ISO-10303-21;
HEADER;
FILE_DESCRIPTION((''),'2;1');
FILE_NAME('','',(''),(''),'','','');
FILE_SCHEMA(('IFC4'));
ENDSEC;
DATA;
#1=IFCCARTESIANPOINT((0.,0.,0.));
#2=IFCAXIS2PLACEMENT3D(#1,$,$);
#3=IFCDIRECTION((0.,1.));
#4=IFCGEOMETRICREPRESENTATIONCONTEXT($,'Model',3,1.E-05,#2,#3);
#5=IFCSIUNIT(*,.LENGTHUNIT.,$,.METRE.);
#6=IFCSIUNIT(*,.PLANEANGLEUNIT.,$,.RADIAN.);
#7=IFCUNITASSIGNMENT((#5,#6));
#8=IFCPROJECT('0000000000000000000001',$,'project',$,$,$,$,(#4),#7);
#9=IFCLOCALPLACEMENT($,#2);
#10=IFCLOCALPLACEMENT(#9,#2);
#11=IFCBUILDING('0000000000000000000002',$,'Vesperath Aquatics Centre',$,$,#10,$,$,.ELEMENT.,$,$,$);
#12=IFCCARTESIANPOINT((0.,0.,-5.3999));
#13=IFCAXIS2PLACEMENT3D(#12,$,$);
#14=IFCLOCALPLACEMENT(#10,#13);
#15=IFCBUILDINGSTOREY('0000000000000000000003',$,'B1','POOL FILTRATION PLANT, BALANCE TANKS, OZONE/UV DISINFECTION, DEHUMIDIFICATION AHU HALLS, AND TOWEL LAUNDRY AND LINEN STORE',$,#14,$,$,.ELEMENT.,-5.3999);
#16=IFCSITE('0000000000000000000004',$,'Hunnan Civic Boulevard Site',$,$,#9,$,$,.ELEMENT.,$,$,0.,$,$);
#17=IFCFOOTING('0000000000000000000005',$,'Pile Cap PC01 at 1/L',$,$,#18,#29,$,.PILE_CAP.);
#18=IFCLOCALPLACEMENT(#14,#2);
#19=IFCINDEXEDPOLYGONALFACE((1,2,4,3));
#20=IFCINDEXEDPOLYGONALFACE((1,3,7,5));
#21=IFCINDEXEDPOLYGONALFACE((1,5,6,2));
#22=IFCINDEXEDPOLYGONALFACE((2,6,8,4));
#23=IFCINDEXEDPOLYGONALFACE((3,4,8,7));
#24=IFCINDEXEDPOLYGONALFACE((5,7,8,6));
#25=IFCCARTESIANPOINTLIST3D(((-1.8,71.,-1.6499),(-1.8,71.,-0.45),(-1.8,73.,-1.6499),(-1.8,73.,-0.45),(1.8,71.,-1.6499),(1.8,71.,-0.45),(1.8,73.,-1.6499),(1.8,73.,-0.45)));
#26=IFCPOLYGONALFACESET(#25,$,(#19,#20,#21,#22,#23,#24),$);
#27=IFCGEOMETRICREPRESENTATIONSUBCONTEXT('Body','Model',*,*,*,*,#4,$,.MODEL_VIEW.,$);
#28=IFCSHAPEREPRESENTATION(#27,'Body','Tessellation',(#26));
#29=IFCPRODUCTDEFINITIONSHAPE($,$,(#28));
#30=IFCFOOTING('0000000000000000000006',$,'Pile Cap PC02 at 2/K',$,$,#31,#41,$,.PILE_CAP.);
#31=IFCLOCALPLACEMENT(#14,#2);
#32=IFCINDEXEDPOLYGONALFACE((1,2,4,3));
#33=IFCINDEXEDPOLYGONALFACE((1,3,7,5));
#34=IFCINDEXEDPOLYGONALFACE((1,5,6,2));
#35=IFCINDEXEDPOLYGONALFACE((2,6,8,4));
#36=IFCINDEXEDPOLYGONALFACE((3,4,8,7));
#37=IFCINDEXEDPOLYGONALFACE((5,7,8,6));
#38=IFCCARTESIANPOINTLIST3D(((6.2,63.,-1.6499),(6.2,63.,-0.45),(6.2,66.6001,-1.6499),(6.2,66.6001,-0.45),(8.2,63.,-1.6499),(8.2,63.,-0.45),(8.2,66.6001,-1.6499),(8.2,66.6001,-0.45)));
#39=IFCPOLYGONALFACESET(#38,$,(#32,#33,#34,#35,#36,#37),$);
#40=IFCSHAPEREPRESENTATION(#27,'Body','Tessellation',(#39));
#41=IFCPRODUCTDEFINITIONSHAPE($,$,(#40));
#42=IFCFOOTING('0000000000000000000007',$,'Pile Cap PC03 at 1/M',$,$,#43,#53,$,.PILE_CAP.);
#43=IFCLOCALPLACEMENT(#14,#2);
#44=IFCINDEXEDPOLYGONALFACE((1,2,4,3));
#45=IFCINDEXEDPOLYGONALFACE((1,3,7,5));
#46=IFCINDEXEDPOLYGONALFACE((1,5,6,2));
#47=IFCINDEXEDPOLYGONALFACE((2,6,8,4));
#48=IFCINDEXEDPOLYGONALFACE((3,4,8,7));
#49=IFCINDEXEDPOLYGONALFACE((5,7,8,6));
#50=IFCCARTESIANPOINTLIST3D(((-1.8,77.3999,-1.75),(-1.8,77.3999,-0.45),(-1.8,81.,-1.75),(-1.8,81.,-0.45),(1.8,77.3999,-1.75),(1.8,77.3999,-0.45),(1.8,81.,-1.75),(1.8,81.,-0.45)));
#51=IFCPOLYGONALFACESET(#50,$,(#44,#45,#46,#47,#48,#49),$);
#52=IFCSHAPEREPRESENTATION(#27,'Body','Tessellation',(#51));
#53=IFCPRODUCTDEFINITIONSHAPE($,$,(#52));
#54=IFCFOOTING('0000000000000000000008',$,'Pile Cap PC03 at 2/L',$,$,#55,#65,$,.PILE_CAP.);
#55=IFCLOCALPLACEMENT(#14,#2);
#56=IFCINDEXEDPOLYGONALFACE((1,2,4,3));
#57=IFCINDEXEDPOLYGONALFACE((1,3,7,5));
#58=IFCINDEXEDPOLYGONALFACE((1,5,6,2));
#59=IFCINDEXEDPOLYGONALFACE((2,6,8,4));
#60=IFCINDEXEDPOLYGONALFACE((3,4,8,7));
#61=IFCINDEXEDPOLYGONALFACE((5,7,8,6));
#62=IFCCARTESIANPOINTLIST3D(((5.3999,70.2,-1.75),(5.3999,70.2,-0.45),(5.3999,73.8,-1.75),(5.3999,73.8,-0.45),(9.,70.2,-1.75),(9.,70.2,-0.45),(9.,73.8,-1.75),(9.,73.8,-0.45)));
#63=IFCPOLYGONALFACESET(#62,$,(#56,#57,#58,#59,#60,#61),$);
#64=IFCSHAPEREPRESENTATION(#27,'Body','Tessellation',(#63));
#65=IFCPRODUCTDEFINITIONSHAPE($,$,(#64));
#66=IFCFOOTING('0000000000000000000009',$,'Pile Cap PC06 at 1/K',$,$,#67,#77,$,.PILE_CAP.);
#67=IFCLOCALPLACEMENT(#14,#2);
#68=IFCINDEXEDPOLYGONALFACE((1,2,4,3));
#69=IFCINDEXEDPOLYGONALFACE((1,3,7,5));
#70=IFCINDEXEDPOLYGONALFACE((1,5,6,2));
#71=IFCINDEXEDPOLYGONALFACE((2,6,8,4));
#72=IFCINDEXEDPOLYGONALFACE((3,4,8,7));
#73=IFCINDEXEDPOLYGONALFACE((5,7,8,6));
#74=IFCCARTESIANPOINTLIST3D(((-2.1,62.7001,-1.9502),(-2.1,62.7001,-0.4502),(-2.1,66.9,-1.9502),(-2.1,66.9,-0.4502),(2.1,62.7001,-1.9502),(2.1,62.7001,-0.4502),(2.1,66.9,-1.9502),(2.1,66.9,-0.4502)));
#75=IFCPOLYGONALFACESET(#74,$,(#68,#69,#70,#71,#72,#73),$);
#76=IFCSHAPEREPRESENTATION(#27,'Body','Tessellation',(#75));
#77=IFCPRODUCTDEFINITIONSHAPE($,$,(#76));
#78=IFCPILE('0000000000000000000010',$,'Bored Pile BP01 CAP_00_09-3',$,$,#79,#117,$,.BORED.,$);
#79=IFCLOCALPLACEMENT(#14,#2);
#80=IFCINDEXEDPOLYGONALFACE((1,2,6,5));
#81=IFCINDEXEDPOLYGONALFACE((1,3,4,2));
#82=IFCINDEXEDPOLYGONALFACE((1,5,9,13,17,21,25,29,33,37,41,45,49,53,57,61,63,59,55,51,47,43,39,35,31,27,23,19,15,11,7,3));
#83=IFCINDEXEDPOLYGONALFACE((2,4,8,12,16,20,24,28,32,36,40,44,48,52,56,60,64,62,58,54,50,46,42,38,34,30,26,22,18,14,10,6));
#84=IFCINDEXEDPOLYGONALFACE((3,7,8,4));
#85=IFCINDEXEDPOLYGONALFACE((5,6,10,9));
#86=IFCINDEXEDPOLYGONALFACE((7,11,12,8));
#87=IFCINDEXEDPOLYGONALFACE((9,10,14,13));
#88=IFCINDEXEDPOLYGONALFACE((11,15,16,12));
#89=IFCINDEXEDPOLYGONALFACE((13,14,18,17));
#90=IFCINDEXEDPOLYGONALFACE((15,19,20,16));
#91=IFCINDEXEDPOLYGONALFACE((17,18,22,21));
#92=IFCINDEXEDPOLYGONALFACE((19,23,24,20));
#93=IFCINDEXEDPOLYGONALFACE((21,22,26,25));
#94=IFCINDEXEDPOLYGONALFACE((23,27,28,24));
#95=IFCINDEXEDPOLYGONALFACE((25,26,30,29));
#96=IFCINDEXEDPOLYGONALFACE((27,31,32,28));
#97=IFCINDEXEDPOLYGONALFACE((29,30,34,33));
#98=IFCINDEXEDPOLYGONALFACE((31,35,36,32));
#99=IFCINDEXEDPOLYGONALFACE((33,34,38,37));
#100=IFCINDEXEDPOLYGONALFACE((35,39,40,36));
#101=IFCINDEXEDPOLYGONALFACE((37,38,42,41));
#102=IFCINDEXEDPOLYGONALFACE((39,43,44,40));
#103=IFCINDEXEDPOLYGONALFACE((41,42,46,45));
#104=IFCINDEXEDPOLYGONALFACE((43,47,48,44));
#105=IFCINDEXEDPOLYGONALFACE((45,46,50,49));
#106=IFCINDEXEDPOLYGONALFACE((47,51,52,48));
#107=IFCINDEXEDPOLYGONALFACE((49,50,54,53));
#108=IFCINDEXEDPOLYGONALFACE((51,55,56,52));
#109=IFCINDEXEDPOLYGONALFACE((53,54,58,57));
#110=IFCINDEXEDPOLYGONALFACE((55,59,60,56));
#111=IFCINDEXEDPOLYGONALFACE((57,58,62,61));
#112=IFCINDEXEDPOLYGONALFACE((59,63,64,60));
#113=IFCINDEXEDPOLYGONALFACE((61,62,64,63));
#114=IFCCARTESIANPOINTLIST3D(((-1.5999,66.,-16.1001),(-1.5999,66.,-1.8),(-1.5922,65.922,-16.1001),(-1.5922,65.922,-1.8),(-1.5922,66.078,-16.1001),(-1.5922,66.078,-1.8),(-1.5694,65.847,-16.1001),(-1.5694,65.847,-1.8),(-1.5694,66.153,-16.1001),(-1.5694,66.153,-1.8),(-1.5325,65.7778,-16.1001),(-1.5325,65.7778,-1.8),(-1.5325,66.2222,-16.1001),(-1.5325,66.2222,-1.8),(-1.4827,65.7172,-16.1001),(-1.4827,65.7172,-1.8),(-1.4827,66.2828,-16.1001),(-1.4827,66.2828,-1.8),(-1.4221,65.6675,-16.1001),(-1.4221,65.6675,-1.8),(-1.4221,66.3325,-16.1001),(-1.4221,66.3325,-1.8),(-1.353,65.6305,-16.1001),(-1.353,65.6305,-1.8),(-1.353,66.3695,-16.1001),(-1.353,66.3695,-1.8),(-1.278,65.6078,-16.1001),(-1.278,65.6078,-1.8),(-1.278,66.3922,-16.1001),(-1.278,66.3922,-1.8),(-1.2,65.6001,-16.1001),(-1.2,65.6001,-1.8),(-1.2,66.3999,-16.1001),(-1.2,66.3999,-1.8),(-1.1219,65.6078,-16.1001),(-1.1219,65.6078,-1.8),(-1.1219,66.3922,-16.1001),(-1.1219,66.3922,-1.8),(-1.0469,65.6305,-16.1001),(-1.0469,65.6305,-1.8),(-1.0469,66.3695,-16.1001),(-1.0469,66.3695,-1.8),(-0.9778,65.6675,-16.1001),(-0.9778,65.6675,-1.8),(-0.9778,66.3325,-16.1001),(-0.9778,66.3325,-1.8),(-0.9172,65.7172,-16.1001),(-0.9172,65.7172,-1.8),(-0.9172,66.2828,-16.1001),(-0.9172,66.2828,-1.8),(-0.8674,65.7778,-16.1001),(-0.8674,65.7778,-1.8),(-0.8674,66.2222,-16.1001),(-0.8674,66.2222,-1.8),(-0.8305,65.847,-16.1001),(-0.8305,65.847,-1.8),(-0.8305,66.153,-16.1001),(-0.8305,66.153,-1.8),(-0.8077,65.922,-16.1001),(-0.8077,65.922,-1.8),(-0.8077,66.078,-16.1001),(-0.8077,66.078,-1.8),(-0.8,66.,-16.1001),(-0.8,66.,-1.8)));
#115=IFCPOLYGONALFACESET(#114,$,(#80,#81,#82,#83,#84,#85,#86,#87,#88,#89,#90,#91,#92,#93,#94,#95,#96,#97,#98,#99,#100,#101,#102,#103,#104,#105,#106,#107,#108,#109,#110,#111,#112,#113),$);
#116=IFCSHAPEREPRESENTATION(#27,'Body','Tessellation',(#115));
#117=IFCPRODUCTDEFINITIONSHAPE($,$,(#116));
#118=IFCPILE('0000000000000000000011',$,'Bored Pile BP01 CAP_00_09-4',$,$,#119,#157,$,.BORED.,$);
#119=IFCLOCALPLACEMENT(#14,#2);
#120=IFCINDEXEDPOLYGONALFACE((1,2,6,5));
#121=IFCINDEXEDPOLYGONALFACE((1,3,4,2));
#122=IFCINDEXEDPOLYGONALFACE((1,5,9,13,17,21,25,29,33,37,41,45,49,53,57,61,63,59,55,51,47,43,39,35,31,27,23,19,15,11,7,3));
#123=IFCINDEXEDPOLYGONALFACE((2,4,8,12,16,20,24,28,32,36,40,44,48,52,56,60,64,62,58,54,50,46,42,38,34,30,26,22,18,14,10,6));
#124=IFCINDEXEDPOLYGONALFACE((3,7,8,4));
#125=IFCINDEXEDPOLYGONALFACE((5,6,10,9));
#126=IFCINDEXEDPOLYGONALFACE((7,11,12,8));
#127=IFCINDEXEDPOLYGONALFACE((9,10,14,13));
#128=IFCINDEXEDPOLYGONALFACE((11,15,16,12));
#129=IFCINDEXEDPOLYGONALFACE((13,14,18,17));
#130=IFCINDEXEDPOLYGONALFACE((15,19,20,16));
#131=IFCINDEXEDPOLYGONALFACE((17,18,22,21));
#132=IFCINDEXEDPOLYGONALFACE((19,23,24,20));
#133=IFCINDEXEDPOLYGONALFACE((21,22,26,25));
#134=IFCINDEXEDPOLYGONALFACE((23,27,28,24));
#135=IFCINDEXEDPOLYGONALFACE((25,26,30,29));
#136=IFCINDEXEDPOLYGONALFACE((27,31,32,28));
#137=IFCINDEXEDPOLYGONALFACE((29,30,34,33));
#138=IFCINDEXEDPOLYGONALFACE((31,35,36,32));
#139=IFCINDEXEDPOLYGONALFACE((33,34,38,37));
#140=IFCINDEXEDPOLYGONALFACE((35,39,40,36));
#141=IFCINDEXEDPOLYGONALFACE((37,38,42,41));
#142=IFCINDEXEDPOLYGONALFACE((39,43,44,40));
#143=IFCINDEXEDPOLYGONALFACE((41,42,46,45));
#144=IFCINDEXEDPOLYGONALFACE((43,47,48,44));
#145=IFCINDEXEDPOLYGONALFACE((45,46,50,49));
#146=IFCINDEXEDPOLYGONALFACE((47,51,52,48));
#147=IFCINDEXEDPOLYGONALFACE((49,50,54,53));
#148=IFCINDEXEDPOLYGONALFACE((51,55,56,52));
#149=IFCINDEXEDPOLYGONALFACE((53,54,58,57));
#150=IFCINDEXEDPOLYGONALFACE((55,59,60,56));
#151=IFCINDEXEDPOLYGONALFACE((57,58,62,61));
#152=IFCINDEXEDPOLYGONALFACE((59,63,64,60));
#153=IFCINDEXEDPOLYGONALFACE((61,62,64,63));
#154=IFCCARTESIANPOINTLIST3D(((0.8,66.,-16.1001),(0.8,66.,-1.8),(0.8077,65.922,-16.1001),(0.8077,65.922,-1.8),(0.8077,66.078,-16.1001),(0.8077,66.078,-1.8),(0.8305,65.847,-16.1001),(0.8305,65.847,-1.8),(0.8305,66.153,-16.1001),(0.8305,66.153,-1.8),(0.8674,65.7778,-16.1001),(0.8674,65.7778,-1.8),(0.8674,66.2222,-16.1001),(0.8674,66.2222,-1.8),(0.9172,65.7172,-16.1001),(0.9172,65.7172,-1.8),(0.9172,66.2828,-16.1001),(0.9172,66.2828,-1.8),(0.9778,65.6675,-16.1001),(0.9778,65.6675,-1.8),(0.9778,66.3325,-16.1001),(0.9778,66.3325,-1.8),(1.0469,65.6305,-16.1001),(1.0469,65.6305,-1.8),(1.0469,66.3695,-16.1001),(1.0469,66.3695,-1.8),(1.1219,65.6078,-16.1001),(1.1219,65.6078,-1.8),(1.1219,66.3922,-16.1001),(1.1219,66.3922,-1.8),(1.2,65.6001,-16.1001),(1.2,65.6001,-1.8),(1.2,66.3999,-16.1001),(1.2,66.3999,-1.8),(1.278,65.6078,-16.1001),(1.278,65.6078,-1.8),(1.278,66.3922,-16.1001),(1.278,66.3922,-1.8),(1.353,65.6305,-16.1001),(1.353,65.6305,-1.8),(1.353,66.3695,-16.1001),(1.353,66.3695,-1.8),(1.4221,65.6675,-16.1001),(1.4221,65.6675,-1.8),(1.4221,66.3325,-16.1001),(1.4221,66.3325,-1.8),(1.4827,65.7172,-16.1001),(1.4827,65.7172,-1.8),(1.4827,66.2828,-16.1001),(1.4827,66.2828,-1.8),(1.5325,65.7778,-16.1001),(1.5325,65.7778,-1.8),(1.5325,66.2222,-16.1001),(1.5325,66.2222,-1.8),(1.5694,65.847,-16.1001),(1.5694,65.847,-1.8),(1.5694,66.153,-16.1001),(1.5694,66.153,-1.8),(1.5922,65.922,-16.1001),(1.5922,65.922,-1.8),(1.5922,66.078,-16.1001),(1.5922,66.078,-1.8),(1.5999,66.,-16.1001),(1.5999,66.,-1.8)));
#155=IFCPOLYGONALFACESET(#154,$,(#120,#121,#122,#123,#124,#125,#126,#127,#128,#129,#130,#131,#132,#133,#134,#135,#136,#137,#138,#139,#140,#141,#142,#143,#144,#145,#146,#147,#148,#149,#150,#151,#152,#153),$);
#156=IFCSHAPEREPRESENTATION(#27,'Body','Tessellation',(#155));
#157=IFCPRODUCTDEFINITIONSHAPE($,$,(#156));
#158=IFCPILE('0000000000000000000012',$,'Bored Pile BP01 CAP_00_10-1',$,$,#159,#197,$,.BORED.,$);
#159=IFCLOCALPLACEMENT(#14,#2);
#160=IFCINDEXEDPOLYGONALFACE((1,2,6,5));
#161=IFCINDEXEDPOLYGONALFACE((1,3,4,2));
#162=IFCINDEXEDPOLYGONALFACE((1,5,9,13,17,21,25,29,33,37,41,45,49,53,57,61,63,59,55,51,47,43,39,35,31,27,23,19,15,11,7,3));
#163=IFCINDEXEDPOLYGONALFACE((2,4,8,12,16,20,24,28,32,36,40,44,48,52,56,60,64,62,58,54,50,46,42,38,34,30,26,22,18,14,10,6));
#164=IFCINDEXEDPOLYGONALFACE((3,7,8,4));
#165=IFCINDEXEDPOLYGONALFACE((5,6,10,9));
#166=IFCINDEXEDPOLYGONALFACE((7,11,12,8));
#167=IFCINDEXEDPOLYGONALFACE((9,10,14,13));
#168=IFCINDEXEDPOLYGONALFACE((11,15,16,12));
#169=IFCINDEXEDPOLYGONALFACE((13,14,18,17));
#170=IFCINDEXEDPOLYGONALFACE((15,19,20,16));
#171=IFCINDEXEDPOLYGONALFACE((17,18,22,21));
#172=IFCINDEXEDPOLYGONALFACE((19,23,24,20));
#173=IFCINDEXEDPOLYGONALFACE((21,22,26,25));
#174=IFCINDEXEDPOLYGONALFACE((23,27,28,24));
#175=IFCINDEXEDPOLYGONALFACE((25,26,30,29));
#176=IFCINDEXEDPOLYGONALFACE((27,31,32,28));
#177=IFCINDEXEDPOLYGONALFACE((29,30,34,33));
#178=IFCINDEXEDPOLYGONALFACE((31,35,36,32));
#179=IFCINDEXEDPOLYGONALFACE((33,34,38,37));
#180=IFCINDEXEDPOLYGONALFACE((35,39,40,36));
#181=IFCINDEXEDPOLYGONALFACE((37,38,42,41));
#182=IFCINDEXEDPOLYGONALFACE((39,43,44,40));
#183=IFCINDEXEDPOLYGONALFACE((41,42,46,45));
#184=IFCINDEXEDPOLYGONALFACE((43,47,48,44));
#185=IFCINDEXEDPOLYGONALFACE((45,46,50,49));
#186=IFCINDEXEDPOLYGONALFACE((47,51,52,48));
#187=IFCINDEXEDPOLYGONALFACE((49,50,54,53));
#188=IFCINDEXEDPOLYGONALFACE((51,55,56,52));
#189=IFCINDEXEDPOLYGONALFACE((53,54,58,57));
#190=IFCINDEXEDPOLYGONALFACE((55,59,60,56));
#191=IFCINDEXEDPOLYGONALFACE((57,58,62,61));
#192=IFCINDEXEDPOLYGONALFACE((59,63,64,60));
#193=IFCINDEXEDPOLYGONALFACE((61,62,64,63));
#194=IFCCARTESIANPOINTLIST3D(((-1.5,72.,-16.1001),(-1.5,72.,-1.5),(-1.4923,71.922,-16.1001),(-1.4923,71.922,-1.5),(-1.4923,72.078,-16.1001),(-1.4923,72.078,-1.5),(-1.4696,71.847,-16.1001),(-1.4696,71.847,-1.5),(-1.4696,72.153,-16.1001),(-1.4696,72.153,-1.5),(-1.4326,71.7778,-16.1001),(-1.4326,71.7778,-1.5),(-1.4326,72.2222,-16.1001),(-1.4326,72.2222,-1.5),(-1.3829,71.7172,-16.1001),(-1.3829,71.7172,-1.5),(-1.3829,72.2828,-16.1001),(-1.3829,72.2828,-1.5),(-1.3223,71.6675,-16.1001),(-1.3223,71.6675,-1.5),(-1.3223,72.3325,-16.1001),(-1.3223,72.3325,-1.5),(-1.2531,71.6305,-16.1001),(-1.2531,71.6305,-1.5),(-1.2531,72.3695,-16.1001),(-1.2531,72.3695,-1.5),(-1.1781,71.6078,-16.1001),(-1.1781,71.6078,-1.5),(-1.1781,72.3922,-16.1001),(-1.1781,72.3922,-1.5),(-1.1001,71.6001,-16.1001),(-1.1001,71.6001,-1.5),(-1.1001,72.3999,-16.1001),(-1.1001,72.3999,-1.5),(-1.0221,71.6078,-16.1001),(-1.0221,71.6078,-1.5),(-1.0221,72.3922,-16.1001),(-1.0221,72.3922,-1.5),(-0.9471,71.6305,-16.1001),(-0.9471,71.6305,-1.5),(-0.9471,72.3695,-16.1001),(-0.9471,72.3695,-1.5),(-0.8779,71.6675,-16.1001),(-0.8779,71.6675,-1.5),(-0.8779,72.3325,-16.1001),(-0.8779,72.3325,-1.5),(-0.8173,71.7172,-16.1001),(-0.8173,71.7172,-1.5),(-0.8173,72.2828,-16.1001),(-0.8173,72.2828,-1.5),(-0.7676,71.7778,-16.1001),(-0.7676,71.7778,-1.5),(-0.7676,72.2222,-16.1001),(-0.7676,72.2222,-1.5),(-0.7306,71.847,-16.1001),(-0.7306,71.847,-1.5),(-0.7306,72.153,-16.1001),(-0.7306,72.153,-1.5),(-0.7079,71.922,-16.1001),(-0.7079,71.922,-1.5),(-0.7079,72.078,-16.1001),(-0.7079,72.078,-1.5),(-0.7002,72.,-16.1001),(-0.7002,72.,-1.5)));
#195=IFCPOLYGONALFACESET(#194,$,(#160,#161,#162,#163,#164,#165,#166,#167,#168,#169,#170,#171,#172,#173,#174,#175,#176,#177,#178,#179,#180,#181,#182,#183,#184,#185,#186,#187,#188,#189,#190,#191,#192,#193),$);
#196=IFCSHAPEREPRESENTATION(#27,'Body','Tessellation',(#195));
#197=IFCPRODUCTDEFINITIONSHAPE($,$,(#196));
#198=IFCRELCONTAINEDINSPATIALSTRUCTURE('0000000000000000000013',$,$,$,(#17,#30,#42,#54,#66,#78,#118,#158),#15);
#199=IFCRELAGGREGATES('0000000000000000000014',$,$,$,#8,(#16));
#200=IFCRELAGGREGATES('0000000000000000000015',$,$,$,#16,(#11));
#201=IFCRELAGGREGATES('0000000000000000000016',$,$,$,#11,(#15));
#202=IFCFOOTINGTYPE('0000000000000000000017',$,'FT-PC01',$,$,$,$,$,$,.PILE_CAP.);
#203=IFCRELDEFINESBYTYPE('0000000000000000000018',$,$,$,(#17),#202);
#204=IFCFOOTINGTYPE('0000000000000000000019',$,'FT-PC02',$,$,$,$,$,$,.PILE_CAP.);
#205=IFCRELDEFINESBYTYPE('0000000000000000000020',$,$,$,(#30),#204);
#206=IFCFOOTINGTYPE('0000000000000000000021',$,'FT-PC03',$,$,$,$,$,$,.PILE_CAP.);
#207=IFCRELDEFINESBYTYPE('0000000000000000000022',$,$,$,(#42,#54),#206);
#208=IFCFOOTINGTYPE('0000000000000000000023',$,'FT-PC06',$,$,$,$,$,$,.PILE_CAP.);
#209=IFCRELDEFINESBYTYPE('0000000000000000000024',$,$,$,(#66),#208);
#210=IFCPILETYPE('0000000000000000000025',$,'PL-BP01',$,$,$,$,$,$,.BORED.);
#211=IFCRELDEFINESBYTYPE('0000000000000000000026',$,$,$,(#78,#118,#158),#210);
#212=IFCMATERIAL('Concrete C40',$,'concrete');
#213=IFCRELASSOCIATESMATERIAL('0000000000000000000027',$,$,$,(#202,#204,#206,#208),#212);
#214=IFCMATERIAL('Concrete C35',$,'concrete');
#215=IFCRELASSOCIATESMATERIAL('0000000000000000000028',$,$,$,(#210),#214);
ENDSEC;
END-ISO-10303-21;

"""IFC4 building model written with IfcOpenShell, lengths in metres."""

from ifc_helpers import new_model, si_unit, direction, frame, origin, origin_2d, place, context, subcontext, project, spatial, rectangle, circle, extrude, material, material_profile, profile_set, type_object, element, save


model = new_model("IFC4")

# Units and contexts
model_context = context("Model", 3, precision=1e-05, world=origin(), true_north=direction((0.0, 1.0)))
body_context = subcontext(model_context, "Body", "Model", "MODEL_VIEW")
ifc_project = project(units=[si_unit("LENGTHUNIT", "METRE"), si_unit("PLANEANGLEUNIT", "RADIAN")], contexts=[model_context])

# Site, building, storey
site_placement = place(None, origin())
site = spatial("IfcSite", under=ifc_project, at=site_placement, Name="Hunnan Civic Boulevard Site", CompositionType="ELEMENT", RefElevation=0.0)
building_placement = place(site_placement, origin())
building = spatial("IfcBuilding", under=site, at=building_placement, Name="Vesperath Aquatics Centre", CompositionType="ELEMENT")
storey_placement = place(building_placement, frame((0.0, 0.0, -5.3999)))
storey = spatial("IfcBuildingStorey", under=building, at=storey_placement, Name="B1", Description="POOL FILTRATION PLANT, BALANCE TANKS, OZONE/UV DISINFECTION, DEHUMIDIFICATION AHU HALLS, AND TOWEL LAUNDRY AND LINEN STORE", CompositionType="ELEMENT", Elevation=-5.3999)

# Footings
ifc_material_1 = material(Name="Concrete C40", Category="concrete")
footing_type_1 = type_object("IfcFootingType", Name="FT-PC01", PredefinedType="PILE_CAP", material=ifc_material_1)
footing_1_placement = place(storey_placement, frame((0.0, 72.0, -1.6499), z_axis=(0.0, 0.0, 1.0), x_axis=(1.0, 0.0, 0.0)))
element("IfcFooting", 1, at=footing_1_placement, inside=storey, type_object=footing_type_1, Name="Pile Cap PC01 at 1/L", PredefinedType="PILE_CAP", context=body_context, shape_type="SweptSolid", body=[
    extrude(rectangle(XDim=3.6001, YDim=2.0, at=origin_2d()), origin(), (0.0, 0.0, 1.0), 1.2),
])
footing_type_2 = type_object("IfcFootingType", Name="FT-PC02", PredefinedType="PILE_CAP", material=ifc_material_1)
footing_2_placement = place(storey_placement, frame((7.2, 64.8, -1.6499), z_axis=(0.0, 0.0, 1.0), x_axis=(1.0, 0.0, 0.0)))
element("IfcFooting", 2, at=footing_2_placement, inside=storey, type_object=footing_type_2, Name="Pile Cap PC02 at 2/K", PredefinedType="PILE_CAP", context=body_context, shape_type="SweptSolid", body=[
    extrude(rectangle(XDim=2.0, YDim=3.6001, at=origin_2d()), origin(), (0.0, 0.0, 1.0), 1.2),
])
footing_type_3 = type_object("IfcFootingType", Name="FT-PC03", PredefinedType="PILE_CAP", material=ifc_material_1)
for number, where, z_axis, x_axis, name in (
    (3, (0.0, 79.2, -1.75), (0.0, 0.0, 1.0), (1.0, 0.0, 0.0), "Pile Cap PC03 at 1/M"),
    (4, (7.2, 72.0, -1.75), (0.0, 0.0, 1.0), (1.0, 0.0, 0.0), "Pile Cap PC03 at 2/L"),
):
    element("IfcFooting", number, at=place(storey_placement, frame(where, z_axis=z_axis, x_axis=x_axis)), inside=storey, type_object=footing_type_3, Name=name, PredefinedType="PILE_CAP", context=body_context, shape_type="SweptSolid", body=[
        extrude(rectangle(XDim=3.6001, YDim=3.6001, at=origin_2d()), origin(), (0.0, 0.0, 1.0), 1.3),
    ])
footing_type_4 = type_object("IfcFootingType", Name="FT-PC06", PredefinedType="PILE_CAP", material=ifc_material_1)
footing_3_placement = place(storey_placement, frame((0.0, 64.8, -1.9502), z_axis=(0.0, 0.0, 1.0), x_axis=(1.0, 0.0, 0.0)))
element("IfcFooting", 5, at=footing_3_placement, inside=storey, type_object=footing_type_4, Name="Pile Cap PC06 at 1/K", PredefinedType="PILE_CAP", context=body_context, shape_type="SweptSolid", body=[
    extrude(rectangle(XDim=4.2, YDim=4.2, at=origin_2d()), origin(), (0.0, 0.0, 1.0), 1.5),
])

# Piles
ifc_material_2 = material(Name="Concrete C35", Category="concrete")
ifc_material_profile_1 = material_profile(ifc_material_2, circle(Radius=0.3999, at=origin_2d()), Name="PILE D800")
ifc_profile_set_1 = profile_set([ifc_material_profile_1], Name="Concrete C35")
pile_type = type_object("IfcPileType", Name="PL-BP01", PredefinedType="BORED", material=ifc_profile_set_1)
for number, where, z_axis, x_axis, name in (
    (6, (-1.2, 66.0, -1.8), (0.0, 0.0, -1.0), (1.0, 0.0, 0.0), "Bored Pile BP01 CAP_00_09-3"),
    (7, (1.2, 66.0, -1.8), (0.0, 0.0, -1.0), (1.0, 0.0, 0.0), "Bored Pile BP01 CAP_00_09-4"),
):
    element("IfcPile", number, at=place(storey_placement, frame(where, z_axis=z_axis, x_axis=x_axis)), inside=storey, type_object=pile_type, Name=name, PredefinedType="BORED", context=body_context, shape_type="SweptSolid", body=[
        extrude(circle(Radius=0.3999, at=origin_2d()), origin(), (0.0, 0.0, 1.0), 14.3),
    ])
for number, where, z_axis, x_axis, name in (
    (8, (-1.1001, 72.0, -1.5), (0.0, 0.0, -1.0), (1.0, 0.0, 0.0), "Bored Pile BP01 CAP_00_10-1"),
):
    element("IfcPile", number, at=place(storey_placement, frame(where, z_axis=z_axis, x_axis=x_axis)), inside=storey, type_object=pile_type, Name=name, PredefinedType="BORED", context=body_context, shape_type="SweptSolid", body=[
        extrude(circle(Radius=0.3999, at=origin_2d()), origin(), (0.0, 0.0, 1.0), 14.6001),
    ])

save(model, "model.ifc")
